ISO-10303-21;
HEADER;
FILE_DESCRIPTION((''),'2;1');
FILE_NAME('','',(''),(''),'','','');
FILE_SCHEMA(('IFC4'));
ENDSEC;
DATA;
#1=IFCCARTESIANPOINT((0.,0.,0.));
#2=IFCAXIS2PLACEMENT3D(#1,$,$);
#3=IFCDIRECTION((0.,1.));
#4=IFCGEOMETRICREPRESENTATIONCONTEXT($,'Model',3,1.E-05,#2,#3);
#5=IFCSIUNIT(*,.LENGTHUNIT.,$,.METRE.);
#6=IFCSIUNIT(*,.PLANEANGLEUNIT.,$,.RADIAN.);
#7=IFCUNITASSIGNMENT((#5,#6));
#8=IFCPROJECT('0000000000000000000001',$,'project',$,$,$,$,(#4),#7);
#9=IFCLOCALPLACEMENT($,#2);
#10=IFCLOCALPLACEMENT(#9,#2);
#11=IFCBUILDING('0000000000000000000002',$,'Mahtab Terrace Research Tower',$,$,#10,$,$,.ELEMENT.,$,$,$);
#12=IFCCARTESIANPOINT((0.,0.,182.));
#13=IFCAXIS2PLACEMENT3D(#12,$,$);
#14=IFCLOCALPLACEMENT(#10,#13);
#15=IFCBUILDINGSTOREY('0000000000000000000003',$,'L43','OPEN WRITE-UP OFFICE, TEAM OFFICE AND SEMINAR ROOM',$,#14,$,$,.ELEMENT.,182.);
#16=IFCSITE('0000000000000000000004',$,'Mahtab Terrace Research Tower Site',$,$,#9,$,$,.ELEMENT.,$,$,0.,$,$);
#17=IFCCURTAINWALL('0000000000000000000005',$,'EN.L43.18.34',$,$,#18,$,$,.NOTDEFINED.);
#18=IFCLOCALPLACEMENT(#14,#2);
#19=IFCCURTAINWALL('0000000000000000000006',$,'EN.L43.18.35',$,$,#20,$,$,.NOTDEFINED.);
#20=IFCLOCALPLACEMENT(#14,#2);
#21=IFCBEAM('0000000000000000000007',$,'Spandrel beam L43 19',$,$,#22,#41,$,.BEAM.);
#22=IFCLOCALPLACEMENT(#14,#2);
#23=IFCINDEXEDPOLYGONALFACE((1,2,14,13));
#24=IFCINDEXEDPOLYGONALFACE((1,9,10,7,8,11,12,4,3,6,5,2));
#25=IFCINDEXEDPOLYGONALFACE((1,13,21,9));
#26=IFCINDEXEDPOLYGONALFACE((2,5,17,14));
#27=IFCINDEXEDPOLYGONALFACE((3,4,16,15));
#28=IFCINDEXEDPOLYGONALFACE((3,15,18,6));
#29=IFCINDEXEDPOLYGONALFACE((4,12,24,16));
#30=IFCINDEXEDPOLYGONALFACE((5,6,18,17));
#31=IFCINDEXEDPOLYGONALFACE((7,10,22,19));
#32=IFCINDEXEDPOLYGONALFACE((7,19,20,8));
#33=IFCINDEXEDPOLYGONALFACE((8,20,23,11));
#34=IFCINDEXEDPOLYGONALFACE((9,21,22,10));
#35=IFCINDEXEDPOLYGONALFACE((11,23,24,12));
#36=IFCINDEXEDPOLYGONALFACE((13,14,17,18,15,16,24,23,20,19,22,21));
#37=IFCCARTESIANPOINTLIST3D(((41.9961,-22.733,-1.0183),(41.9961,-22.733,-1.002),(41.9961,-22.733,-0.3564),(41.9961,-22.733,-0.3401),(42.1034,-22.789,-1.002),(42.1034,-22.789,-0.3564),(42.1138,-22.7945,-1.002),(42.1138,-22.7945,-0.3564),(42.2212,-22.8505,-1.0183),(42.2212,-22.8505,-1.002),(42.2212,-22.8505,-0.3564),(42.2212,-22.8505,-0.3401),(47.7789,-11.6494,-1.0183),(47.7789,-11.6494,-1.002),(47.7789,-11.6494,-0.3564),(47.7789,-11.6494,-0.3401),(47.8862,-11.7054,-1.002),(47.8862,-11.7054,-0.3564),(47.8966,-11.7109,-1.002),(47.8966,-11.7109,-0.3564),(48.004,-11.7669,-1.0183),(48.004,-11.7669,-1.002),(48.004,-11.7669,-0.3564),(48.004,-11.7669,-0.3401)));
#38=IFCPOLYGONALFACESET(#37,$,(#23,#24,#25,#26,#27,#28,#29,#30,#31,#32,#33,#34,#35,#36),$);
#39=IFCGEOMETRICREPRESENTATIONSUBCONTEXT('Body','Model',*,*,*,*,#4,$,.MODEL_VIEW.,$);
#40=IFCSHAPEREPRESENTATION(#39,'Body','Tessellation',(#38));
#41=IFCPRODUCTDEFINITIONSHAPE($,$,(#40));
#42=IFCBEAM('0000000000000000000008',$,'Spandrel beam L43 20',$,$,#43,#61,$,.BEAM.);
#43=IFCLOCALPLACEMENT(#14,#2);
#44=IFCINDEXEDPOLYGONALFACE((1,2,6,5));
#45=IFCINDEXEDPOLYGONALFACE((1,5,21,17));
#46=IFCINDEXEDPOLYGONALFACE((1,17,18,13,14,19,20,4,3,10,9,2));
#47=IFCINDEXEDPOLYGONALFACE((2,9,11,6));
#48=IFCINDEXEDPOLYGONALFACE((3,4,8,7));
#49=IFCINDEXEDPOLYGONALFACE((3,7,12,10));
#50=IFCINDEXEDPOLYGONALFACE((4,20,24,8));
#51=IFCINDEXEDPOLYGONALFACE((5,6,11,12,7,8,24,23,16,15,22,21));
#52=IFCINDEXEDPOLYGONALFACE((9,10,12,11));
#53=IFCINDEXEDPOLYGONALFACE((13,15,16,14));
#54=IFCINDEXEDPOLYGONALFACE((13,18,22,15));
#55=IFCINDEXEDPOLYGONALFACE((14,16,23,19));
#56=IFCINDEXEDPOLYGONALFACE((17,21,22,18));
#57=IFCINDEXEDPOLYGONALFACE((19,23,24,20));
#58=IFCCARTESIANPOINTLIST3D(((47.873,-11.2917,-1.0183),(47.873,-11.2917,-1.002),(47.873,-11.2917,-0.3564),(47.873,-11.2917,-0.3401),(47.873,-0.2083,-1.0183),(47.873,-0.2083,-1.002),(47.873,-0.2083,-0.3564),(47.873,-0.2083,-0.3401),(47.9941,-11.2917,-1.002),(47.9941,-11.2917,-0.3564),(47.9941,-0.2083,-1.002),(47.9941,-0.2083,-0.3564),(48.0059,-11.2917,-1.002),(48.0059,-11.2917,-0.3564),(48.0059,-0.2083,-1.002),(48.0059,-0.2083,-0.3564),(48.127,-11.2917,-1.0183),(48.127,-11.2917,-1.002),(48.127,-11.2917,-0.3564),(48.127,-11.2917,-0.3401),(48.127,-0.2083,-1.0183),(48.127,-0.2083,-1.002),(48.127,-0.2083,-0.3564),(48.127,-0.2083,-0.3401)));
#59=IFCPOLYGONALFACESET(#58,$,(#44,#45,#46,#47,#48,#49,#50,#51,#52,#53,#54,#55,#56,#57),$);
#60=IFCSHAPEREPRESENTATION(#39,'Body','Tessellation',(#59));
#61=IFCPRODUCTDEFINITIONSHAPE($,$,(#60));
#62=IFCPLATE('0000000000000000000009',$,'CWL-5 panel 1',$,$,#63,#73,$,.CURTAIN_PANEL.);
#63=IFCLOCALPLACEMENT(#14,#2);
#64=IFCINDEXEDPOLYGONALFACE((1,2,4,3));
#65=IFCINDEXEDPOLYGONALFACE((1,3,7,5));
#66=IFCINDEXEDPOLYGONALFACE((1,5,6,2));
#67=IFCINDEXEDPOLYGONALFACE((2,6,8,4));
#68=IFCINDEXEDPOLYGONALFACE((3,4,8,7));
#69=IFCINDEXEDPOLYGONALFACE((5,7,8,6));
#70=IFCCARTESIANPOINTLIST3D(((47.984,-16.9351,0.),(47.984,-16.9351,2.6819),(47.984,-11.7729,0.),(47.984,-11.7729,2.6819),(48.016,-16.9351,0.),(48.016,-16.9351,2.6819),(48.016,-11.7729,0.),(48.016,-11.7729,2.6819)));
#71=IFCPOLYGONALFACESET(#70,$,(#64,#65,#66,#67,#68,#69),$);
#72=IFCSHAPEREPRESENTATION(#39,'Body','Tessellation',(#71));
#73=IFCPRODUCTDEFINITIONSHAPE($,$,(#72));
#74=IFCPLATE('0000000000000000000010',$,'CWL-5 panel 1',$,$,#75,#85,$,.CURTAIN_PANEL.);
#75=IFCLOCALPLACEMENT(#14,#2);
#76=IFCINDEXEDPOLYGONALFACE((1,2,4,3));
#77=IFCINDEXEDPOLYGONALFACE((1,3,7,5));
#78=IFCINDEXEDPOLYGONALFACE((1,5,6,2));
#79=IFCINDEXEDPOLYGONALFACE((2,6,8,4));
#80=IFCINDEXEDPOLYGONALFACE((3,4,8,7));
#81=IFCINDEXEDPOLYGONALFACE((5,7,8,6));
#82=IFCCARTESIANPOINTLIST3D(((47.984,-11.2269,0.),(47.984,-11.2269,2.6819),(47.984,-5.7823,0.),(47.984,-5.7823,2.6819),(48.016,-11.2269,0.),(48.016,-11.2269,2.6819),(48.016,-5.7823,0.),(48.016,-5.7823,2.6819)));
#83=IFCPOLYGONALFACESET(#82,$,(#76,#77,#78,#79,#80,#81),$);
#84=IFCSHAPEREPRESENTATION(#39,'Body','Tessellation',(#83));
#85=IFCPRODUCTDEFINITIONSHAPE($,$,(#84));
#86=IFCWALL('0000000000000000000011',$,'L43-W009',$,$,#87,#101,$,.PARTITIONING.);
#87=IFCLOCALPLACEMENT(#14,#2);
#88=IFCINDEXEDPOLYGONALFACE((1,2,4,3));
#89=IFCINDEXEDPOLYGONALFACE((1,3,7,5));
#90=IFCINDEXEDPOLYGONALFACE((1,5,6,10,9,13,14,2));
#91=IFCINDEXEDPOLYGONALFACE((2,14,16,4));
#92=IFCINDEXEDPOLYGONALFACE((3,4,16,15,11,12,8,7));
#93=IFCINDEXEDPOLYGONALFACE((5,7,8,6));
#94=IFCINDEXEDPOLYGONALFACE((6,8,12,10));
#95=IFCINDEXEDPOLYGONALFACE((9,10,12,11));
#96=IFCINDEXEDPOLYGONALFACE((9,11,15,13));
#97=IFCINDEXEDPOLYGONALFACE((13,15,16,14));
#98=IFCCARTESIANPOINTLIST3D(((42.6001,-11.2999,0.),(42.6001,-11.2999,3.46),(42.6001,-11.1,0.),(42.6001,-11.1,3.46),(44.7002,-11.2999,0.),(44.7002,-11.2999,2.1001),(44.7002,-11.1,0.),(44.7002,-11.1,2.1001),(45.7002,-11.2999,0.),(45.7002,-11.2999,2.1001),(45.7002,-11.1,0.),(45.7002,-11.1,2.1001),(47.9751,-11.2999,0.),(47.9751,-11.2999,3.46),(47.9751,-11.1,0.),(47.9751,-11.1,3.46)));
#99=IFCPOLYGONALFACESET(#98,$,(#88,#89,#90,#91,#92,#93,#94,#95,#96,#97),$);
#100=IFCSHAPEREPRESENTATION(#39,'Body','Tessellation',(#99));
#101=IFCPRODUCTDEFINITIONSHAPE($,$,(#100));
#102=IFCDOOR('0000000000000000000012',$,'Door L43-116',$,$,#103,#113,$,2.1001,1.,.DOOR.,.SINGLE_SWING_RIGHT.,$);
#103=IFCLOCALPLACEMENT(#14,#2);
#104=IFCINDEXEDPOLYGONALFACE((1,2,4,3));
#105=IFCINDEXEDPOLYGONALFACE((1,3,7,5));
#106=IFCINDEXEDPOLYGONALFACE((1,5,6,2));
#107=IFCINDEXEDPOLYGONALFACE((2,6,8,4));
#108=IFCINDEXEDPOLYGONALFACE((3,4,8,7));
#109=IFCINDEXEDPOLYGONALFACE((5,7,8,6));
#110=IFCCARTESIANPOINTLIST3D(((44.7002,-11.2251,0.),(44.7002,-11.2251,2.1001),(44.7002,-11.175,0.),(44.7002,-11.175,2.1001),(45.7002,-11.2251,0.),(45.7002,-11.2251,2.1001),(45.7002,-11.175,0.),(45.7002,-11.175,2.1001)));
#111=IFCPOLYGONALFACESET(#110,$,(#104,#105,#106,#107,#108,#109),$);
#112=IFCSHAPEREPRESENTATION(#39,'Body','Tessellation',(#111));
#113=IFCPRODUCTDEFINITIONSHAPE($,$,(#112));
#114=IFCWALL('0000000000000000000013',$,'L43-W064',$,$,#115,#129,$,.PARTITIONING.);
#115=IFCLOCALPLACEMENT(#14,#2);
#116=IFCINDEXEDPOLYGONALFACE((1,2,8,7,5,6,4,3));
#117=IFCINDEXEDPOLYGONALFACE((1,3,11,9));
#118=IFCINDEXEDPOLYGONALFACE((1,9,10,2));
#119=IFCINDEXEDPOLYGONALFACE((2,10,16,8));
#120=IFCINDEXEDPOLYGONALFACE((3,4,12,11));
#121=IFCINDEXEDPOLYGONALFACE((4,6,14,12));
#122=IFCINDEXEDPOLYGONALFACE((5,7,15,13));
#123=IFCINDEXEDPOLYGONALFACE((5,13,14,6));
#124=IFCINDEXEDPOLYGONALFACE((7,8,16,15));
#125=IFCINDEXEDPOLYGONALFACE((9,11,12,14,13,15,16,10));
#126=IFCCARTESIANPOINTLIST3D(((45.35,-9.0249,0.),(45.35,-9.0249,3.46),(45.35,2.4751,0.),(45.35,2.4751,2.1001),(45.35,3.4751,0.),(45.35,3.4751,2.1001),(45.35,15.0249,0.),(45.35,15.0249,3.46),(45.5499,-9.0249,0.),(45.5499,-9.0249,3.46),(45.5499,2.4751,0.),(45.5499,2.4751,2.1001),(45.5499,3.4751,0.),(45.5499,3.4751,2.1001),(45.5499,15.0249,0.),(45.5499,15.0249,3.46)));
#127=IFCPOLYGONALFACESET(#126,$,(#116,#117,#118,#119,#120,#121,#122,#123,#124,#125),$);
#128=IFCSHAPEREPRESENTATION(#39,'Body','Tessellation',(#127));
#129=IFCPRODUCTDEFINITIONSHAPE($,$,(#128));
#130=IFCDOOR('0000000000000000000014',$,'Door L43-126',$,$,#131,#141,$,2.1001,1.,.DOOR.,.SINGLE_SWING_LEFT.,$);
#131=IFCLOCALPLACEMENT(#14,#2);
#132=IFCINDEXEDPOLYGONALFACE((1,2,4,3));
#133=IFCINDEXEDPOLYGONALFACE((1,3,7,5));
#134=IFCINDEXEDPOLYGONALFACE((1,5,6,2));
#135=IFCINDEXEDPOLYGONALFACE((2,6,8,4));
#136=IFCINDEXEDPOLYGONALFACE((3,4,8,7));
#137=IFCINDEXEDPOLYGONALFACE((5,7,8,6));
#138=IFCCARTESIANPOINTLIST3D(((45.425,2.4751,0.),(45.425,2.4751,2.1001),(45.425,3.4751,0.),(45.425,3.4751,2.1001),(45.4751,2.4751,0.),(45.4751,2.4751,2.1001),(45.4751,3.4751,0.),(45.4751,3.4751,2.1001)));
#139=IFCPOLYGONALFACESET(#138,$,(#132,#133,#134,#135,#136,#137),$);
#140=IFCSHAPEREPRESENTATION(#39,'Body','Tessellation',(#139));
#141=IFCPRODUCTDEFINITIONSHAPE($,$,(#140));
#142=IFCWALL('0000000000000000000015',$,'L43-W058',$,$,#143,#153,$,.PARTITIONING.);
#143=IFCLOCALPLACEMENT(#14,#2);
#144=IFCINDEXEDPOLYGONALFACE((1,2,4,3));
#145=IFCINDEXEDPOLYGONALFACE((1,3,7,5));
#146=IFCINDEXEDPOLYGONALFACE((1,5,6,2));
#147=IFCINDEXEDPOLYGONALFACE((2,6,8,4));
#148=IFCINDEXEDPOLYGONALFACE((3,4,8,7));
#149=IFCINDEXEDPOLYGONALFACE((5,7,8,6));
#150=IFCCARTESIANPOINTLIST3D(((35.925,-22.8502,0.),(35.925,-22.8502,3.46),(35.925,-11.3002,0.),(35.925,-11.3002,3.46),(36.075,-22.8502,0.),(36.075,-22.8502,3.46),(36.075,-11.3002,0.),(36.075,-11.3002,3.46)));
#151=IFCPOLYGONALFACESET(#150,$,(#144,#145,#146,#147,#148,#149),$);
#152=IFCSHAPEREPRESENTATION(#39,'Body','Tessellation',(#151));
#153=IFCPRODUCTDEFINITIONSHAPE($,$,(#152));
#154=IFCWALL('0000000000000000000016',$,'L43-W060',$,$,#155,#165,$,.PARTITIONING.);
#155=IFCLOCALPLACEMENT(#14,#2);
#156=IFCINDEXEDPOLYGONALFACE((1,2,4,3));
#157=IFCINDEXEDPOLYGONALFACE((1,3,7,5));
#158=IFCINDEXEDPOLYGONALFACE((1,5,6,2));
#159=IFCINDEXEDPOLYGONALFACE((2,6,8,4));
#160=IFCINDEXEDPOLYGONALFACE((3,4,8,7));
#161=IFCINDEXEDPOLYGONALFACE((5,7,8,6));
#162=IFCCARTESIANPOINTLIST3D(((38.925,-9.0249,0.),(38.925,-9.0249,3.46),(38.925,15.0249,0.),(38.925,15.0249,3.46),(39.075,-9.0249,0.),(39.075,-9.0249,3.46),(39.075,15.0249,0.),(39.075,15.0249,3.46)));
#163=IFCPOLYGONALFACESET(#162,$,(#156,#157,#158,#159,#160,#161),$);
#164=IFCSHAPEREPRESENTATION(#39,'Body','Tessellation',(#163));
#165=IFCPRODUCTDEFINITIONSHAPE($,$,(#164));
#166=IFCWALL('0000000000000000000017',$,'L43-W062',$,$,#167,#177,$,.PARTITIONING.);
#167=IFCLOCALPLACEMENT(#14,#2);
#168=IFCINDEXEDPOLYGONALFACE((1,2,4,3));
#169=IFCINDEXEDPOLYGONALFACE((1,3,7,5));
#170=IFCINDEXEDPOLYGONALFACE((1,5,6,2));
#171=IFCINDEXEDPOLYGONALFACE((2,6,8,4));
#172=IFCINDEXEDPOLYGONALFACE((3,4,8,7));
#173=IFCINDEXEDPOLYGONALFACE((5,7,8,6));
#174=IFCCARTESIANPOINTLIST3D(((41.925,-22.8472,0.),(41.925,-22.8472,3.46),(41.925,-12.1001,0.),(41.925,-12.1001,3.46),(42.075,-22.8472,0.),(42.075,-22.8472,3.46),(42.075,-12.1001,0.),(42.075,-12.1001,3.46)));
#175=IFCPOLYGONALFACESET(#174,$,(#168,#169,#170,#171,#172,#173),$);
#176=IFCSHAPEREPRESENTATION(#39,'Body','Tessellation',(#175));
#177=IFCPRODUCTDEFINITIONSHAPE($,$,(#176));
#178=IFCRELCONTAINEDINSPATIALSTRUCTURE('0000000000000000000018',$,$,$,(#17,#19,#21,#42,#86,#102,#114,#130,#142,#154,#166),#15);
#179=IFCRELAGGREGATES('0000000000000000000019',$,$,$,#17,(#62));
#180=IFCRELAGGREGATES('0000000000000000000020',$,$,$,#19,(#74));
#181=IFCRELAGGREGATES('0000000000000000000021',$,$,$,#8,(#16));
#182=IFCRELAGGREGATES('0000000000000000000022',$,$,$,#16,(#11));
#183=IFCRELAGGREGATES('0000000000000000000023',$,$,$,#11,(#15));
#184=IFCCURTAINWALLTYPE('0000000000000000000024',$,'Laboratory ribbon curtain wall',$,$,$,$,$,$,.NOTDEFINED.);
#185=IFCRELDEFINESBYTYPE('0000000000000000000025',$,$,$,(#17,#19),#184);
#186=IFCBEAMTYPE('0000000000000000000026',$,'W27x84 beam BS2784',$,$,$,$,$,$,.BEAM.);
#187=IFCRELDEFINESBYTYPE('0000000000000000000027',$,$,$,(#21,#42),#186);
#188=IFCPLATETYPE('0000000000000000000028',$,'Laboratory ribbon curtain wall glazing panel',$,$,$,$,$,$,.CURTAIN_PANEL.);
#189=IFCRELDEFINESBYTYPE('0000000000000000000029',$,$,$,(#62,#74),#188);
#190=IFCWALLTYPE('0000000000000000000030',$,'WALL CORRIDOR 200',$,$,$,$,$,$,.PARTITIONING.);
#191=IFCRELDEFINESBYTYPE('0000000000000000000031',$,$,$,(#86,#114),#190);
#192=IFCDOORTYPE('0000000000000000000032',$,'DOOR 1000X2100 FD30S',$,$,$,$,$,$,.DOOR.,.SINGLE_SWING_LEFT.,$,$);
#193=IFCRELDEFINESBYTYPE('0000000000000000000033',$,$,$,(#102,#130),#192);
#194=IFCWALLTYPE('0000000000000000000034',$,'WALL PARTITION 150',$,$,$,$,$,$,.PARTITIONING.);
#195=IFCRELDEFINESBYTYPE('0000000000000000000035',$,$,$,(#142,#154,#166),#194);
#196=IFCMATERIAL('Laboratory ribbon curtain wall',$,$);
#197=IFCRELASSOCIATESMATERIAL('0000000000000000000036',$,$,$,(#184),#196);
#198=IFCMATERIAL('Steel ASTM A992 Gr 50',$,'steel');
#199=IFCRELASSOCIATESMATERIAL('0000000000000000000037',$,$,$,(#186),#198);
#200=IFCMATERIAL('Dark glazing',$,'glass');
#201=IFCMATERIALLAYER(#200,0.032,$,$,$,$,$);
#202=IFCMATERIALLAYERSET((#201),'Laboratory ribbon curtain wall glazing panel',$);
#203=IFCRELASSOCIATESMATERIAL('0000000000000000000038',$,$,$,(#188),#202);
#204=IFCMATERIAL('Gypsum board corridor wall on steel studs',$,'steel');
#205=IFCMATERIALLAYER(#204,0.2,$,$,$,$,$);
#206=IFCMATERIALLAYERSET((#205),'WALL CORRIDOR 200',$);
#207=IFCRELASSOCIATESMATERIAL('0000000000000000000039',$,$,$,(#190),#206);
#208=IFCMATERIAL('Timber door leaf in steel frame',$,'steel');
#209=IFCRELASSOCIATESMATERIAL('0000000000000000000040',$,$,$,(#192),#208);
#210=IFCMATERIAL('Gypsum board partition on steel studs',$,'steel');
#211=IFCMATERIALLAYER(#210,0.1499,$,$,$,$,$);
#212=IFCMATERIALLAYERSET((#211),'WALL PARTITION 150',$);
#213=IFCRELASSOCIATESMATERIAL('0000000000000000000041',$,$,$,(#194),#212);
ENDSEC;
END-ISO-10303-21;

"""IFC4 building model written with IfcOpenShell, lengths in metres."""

from ifc_helpers import new_model, si_unit, direction, frame, frame_2d, origin, origin_2d, place, context, subcontext, project, spatial, rectangle, i_section, extrude, material, layer, layer_set, material_profile, profile_set, type_object, element, fill, aggregate, save


model = new_model("IFC4")

# Units and contexts
model_context = context("Model", 3, precision=1e-05, world=origin(), true_north=direction((0.0, 1.0)))
body_context = subcontext(model_context, "Body", "Model", "MODEL_VIEW")
ifc_project = project(units=[si_unit("LENGTHUNIT", "METRE"), si_unit("PLANEANGLEUNIT", "RADIAN")], contexts=[model_context])

# Site, building, storey
site_placement = place(None, origin())
site = spatial("IfcSite", under=ifc_project, at=site_placement, Name="Mahtab Terrace Research Tower Site", CompositionType="ELEMENT", RefElevation=0.0)
building_placement = place(site_placement, origin())
building = spatial("IfcBuilding", under=site, at=building_placement, Name="Mahtab Terrace Research Tower", CompositionType="ELEMENT")
storey_placement = place(building_placement, frame((0.0, 0.0, 182.0)))
storey = spatial("IfcBuildingStorey", under=building, at=storey_placement, Name="L43", Description="OPEN WRITE-UP OFFICE, TEAM OFFICE AND SEMINAR ROOM", CompositionType="ELEMENT", Elevation=182.0)

# Shared definitions
ifc_material_1 = material(Name="Steel ASTM A992 Gr 50", Category="steel")

# Curtain walls
ifc_material_2 = material(Name="Laboratory ribbon curtain wall")
curtain_wall_type = type_object("IfcCurtainWallType", Name="Laboratory ribbon curtain wall", PredefinedType="NOTDEFINED", material=ifc_material_2)
curtain_wall_1_placement = place(storey_placement, origin())
curtain_wall_1 = element("IfcCurtainWall", 1, at=curtain_wall_1_placement, inside=storey, type_object=curtain_wall_type, Name="EN.L43.18.34", PredefinedType="NOTDEFINED")
curtain_wall_2_placement = place(storey_placement, origin())
curtain_wall_2 = element("IfcCurtainWall", 2, at=curtain_wall_2_placement, inside=storey, type_object=curtain_wall_type, Name="EN.L43.18.35", PredefinedType="NOTDEFINED")

# Beams
ifc_material_profile_1 = material_profile(ifc_material_1, i_section(OverallWidth=0.2539, OverallDepth=0.6782, WebThickness=0.0117, FlangeThickness=0.0164, at=origin_2d()), Name="W27X84")
ifc_profile_set_1 = profile_set([ifc_material_profile_1], Name="Steel ASTM A992 Gr 50")
beam_type = type_object("IfcBeamType", Name="W27x84 beam BS2784", PredefinedType="BEAM", material=ifc_profile_set_1)
beam_1_placement = place(storey_placement, frame((42.1086, -22.7917, -0.6792), z_axis=(0.462567, 0.886584, 0.0), x_axis=(-0.886584, 0.462567, 0.0)))
element("IfcBeam", 3, at=beam_1_placement, inside=storey, type_object=beam_type, Name="Spandrel beam L43 19", PredefinedType="BEAM", context=body_context, shape_type="SweptSolid", body=[
    extrude(i_section(OverallWidth=0.2539, OverallDepth=0.6782, WebThickness=0.0117, FlangeThickness=0.0164, at=origin_2d()), origin(), (0.0, 0.0, 1.0), 12.5015),
])
beam_2_placement = place(storey_placement, frame((48.0, -11.2917, -0.6792), z_axis=(0.0, 1.0, 0.0), x_axis=(-1.0, 0.0, 0.0)))
element("IfcBeam", 4, at=beam_2_placement, inside=storey, type_object=beam_type, Name="Spandrel beam L43 20", PredefinedType="BEAM", context=body_context, shape_type="SweptSolid", body=[
    extrude(i_section(OverallWidth=0.2539, OverallDepth=0.6782, WebThickness=0.0117, FlangeThickness=0.0164, at=origin_2d()), origin(), (0.0, 0.0, 1.0), 11.0835),
])

# Plates
ifc_material_3 = material(Name="Dark glazing", Category="glass")
ifc_layer_1 = layer(ifc_material_3, 0.032)
ifc_layer_set_1 = layer_set([ifc_layer_1], Name="Laboratory ribbon curtain wall glazing panel")
plate_type = type_object("IfcPlateType", Name="Laboratory ribbon curtain wall glazing panel", PredefinedType="CURTAIN_PANEL", material=ifc_layer_set_1)
plate_1_placement = place(storey_placement, frame((48.0, -14.354, 0.0), z_axis=(0.0, 0.0, 1.0), x_axis=(0.0, 1.0, 0.0)))
plate_1 = element("IfcPlate", 5, at=plate_1_placement, type_object=plate_type, Name="CWL-5 panel 1", PredefinedType="CURTAIN_PANEL", context=body_context, shape_type="SweptSolid", body=[
    extrude(rectangle(XDim=5.1621, YDim=0.032, at=origin_2d()), origin(), (0.0, 0.0, 1.0), 2.6819),
])
aggregate(curtain_wall_1, [plate_1])
plate_2_placement = place(storey_placement, frame((48.0, -8.5046, 0.0), z_axis=(0.0, 0.0, 1.0), x_axis=(0.0, 1.0, 0.0)))
plate_2 = element("IfcPlate", 6, at=plate_2_placement, type_object=plate_type, Name="CWL-5 panel 1", PredefinedType="CURTAIN_PANEL", context=body_context, shape_type="SweptSolid", body=[
    extrude(rectangle(XDim=5.4446, YDim=0.032, at=origin_2d()), origin(), (0.0, 0.0, 1.0), 2.6819),
])
aggregate(curtain_wall_2, [plate_2])

# Walls, openings, doors
ifc_material_4 = material(Name="Gypsum board corridor wall on steel studs", Category="steel")
ifc_layer_2 = layer(ifc_material_4, 0.2)
ifc_layer_set_2 = layer_set([ifc_layer_2], Name="WALL CORRIDOR 200")
wall_type_1 = type_object("IfcWallType", Name="WALL CORRIDOR 200", PredefinedType="PARTITIONING", material=ifc_layer_set_2)
wall_1_placement = place(storey_placement, frame((42.6001, -11.2, 0.0), z_axis=(0.0, 0.0, 1.0), x_axis=(1.0, 0.0, 0.0)))
wall_1 = element("IfcWall", 7, at=wall_1_placement, inside=storey, type_object=wall_type_1, Name="L43-W009", PredefinedType="PARTITIONING", context=body_context, shape_type="SweptSolid", body=[
    extrude(rectangle(XDim=5.375, YDim=0.2, at=frame_2d((2.6875, 0.0))), origin(), (0.0, 0.0, 1.0), 3.46),
])
opening_1_placement = place(wall_1_placement, frame((2.1001, 0.0, 0.0)))
opening_1 = element("IfcOpeningElement", 8, at=opening_1_placement, cuts=wall_1, PredefinedType="OPENING", context=body_context, shape_type="SweptSolid", body=[
    extrude(rectangle(XDim=1.0, YDim=2.1001, at=frame_2d((0.5, 1.05))), frame((0.0, 0.1099, 0.0), z_axis=(0.0, -1.0, 0.0), x_axis=(1.0, 0.0, 0.0)), (0.0, 0.0, 1.0), 0.22),
])
ifc_material_5 = material(Name="Timber door leaf in steel frame", Category="steel")
door_type = type_object("IfcDoorType", Name="DOOR 1000X2100 FD30S", OperationType="SINGLE_SWING_LEFT", PredefinedType="DOOR", material=ifc_material_5)
door_1_placement = place(opening_1_placement, origin())
door_1 = element("IfcDoor", 9, at=door_1_placement, inside=storey, type_object=door_type, Name="Door L43-116", OperationType="SINGLE_SWING_RIGHT", OverallHeight=2.1001, OverallWidth=1.0, PredefinedType="DOOR", context=body_context, shape_type="SweptSolid", body=[
    extrude(rectangle(XDim=1.0, YDim=2.1001, at=frame_2d((0.5, 1.05))), frame((0.0, 0.0249, 0.0), z_axis=(0.0, -1.0, 0.0), x_axis=(1.0, 0.0, 0.0)), (0.0, 0.0, 1.0), 0.05),
])
fill(opening_1, door_1)
wall_2_placement = place(storey_placement, frame((45.45, -9.0249, 0.0), z_axis=(0.0, 0.0, 1.0), x_axis=(0.0, 1.0, 0.0)))
wall_2 = element("IfcWall", 10, at=wall_2_placement, inside=storey, type_object=wall_type_1, Name="L43-W064", PredefinedType="PARTITIONING", context=body_context, shape_type="SweptSolid", body=[
    extrude(rectangle(XDim=24.0498, YDim=0.2, at=frame_2d((12.0249, 0.0))), origin(), (0.0, 0.0, 1.0), 3.46),
])
opening_2_placement = place(wall_2_placement, frame((11.5, 0.0, 0.0)))
opening_2 = element("IfcOpeningElement", 11, at=opening_2_placement, cuts=wall_2, PredefinedType="OPENING", context=body_context, shape_type="SweptSolid", body=[
    extrude(rectangle(XDim=1.0, YDim=2.1001, at=frame_2d((0.5, 1.05))), frame((0.0, 0.1099, 0.0), z_axis=(0.0, -1.0, 0.0), x_axis=(1.0, 0.0, 0.0)), (0.0, 0.0, 1.0), 0.22),
])
door_2_placement = place(opening_2_placement, origin())
door_2 = element("IfcDoor", 12, at=door_2_placement, inside=storey, type_object=door_type, Name="Door L43-126", OperationType="SINGLE_SWING_LEFT", OverallHeight=2.1001, OverallWidth=1.0, PredefinedType="DOOR", context=body_context, shape_type="SweptSolid", body=[
    extrude(rectangle(XDim=1.0, YDim=2.1001, at=frame_2d((0.5, 1.05))), frame((0.0, 0.0249, 0.0), z_axis=(0.0, -1.0, 0.0), x_axis=(1.0, 0.0, 0.0)), (0.0, 0.0, 1.0), 0.05),
])
fill(opening_2, door_2)

# Walls
ifc_material_6 = material(Name="Gypsum board partition on steel studs", Category="steel")
ifc_layer_3 = layer(ifc_material_6, 0.1499)
ifc_layer_set_3 = layer_set([ifc_layer_3], Name="WALL PARTITION 150")
wall_type_2 = type_object("IfcWallType", Name="WALL PARTITION 150", PredefinedType="PARTITIONING", material=ifc_layer_set_3)
wall_3_placement = place(storey_placement, frame((36.0, -22.8501, 0.0), z_axis=(0.0, 0.0, 1.0), x_axis=(0.0, 1.0, 0.0)))
element("IfcWall", 13, at=wall_3_placement, inside=storey, type_object=wall_type_2, Name="L43-W058", PredefinedType="PARTITIONING", context=body_context, shape_type="SweptSolid", body=[
    extrude(rectangle(XDim=11.55, YDim=0.1499, at=frame_2d((5.7749, 0.0))), origin(), (0.0, 0.0, 1.0), 3.46),
])
wall_4_placement = place(storey_placement, frame((39.0, -9.0249, 0.0), z_axis=(0.0, 0.0, 1.0), x_axis=(0.0, 1.0, 0.0)))
element("IfcWall", 14, at=wall_4_placement, inside=storey, type_object=wall_type_2, Name="L43-W060", PredefinedType="PARTITIONING", context=body_context, shape_type="SweptSolid", body=[
    extrude(rectangle(XDim=24.0498, YDim=0.1499, at=frame_2d((12.0249, 0.0))), origin(), (0.0, 0.0, 1.0), 3.46),
])
wall_5_placement = place(storey_placement, frame((42.0, -22.8472, 0.0), z_axis=(0.0, 0.0, 1.0), x_axis=(0.0, 1.0, 0.0)))
element("IfcWall", 15, at=wall_5_placement, inside=storey, type_object=wall_type_2, Name="L43-W062", PredefinedType="PARTITIONING", context=body_context, shape_type="SweptSolid", body=[
    extrude(rectangle(XDim=10.7471, YDim=0.1499, at=frame_2d((5.3735, 0.0))), origin(), (0.0, 0.0, 1.0), 3.46),
])

save(model, "model.ifc")
